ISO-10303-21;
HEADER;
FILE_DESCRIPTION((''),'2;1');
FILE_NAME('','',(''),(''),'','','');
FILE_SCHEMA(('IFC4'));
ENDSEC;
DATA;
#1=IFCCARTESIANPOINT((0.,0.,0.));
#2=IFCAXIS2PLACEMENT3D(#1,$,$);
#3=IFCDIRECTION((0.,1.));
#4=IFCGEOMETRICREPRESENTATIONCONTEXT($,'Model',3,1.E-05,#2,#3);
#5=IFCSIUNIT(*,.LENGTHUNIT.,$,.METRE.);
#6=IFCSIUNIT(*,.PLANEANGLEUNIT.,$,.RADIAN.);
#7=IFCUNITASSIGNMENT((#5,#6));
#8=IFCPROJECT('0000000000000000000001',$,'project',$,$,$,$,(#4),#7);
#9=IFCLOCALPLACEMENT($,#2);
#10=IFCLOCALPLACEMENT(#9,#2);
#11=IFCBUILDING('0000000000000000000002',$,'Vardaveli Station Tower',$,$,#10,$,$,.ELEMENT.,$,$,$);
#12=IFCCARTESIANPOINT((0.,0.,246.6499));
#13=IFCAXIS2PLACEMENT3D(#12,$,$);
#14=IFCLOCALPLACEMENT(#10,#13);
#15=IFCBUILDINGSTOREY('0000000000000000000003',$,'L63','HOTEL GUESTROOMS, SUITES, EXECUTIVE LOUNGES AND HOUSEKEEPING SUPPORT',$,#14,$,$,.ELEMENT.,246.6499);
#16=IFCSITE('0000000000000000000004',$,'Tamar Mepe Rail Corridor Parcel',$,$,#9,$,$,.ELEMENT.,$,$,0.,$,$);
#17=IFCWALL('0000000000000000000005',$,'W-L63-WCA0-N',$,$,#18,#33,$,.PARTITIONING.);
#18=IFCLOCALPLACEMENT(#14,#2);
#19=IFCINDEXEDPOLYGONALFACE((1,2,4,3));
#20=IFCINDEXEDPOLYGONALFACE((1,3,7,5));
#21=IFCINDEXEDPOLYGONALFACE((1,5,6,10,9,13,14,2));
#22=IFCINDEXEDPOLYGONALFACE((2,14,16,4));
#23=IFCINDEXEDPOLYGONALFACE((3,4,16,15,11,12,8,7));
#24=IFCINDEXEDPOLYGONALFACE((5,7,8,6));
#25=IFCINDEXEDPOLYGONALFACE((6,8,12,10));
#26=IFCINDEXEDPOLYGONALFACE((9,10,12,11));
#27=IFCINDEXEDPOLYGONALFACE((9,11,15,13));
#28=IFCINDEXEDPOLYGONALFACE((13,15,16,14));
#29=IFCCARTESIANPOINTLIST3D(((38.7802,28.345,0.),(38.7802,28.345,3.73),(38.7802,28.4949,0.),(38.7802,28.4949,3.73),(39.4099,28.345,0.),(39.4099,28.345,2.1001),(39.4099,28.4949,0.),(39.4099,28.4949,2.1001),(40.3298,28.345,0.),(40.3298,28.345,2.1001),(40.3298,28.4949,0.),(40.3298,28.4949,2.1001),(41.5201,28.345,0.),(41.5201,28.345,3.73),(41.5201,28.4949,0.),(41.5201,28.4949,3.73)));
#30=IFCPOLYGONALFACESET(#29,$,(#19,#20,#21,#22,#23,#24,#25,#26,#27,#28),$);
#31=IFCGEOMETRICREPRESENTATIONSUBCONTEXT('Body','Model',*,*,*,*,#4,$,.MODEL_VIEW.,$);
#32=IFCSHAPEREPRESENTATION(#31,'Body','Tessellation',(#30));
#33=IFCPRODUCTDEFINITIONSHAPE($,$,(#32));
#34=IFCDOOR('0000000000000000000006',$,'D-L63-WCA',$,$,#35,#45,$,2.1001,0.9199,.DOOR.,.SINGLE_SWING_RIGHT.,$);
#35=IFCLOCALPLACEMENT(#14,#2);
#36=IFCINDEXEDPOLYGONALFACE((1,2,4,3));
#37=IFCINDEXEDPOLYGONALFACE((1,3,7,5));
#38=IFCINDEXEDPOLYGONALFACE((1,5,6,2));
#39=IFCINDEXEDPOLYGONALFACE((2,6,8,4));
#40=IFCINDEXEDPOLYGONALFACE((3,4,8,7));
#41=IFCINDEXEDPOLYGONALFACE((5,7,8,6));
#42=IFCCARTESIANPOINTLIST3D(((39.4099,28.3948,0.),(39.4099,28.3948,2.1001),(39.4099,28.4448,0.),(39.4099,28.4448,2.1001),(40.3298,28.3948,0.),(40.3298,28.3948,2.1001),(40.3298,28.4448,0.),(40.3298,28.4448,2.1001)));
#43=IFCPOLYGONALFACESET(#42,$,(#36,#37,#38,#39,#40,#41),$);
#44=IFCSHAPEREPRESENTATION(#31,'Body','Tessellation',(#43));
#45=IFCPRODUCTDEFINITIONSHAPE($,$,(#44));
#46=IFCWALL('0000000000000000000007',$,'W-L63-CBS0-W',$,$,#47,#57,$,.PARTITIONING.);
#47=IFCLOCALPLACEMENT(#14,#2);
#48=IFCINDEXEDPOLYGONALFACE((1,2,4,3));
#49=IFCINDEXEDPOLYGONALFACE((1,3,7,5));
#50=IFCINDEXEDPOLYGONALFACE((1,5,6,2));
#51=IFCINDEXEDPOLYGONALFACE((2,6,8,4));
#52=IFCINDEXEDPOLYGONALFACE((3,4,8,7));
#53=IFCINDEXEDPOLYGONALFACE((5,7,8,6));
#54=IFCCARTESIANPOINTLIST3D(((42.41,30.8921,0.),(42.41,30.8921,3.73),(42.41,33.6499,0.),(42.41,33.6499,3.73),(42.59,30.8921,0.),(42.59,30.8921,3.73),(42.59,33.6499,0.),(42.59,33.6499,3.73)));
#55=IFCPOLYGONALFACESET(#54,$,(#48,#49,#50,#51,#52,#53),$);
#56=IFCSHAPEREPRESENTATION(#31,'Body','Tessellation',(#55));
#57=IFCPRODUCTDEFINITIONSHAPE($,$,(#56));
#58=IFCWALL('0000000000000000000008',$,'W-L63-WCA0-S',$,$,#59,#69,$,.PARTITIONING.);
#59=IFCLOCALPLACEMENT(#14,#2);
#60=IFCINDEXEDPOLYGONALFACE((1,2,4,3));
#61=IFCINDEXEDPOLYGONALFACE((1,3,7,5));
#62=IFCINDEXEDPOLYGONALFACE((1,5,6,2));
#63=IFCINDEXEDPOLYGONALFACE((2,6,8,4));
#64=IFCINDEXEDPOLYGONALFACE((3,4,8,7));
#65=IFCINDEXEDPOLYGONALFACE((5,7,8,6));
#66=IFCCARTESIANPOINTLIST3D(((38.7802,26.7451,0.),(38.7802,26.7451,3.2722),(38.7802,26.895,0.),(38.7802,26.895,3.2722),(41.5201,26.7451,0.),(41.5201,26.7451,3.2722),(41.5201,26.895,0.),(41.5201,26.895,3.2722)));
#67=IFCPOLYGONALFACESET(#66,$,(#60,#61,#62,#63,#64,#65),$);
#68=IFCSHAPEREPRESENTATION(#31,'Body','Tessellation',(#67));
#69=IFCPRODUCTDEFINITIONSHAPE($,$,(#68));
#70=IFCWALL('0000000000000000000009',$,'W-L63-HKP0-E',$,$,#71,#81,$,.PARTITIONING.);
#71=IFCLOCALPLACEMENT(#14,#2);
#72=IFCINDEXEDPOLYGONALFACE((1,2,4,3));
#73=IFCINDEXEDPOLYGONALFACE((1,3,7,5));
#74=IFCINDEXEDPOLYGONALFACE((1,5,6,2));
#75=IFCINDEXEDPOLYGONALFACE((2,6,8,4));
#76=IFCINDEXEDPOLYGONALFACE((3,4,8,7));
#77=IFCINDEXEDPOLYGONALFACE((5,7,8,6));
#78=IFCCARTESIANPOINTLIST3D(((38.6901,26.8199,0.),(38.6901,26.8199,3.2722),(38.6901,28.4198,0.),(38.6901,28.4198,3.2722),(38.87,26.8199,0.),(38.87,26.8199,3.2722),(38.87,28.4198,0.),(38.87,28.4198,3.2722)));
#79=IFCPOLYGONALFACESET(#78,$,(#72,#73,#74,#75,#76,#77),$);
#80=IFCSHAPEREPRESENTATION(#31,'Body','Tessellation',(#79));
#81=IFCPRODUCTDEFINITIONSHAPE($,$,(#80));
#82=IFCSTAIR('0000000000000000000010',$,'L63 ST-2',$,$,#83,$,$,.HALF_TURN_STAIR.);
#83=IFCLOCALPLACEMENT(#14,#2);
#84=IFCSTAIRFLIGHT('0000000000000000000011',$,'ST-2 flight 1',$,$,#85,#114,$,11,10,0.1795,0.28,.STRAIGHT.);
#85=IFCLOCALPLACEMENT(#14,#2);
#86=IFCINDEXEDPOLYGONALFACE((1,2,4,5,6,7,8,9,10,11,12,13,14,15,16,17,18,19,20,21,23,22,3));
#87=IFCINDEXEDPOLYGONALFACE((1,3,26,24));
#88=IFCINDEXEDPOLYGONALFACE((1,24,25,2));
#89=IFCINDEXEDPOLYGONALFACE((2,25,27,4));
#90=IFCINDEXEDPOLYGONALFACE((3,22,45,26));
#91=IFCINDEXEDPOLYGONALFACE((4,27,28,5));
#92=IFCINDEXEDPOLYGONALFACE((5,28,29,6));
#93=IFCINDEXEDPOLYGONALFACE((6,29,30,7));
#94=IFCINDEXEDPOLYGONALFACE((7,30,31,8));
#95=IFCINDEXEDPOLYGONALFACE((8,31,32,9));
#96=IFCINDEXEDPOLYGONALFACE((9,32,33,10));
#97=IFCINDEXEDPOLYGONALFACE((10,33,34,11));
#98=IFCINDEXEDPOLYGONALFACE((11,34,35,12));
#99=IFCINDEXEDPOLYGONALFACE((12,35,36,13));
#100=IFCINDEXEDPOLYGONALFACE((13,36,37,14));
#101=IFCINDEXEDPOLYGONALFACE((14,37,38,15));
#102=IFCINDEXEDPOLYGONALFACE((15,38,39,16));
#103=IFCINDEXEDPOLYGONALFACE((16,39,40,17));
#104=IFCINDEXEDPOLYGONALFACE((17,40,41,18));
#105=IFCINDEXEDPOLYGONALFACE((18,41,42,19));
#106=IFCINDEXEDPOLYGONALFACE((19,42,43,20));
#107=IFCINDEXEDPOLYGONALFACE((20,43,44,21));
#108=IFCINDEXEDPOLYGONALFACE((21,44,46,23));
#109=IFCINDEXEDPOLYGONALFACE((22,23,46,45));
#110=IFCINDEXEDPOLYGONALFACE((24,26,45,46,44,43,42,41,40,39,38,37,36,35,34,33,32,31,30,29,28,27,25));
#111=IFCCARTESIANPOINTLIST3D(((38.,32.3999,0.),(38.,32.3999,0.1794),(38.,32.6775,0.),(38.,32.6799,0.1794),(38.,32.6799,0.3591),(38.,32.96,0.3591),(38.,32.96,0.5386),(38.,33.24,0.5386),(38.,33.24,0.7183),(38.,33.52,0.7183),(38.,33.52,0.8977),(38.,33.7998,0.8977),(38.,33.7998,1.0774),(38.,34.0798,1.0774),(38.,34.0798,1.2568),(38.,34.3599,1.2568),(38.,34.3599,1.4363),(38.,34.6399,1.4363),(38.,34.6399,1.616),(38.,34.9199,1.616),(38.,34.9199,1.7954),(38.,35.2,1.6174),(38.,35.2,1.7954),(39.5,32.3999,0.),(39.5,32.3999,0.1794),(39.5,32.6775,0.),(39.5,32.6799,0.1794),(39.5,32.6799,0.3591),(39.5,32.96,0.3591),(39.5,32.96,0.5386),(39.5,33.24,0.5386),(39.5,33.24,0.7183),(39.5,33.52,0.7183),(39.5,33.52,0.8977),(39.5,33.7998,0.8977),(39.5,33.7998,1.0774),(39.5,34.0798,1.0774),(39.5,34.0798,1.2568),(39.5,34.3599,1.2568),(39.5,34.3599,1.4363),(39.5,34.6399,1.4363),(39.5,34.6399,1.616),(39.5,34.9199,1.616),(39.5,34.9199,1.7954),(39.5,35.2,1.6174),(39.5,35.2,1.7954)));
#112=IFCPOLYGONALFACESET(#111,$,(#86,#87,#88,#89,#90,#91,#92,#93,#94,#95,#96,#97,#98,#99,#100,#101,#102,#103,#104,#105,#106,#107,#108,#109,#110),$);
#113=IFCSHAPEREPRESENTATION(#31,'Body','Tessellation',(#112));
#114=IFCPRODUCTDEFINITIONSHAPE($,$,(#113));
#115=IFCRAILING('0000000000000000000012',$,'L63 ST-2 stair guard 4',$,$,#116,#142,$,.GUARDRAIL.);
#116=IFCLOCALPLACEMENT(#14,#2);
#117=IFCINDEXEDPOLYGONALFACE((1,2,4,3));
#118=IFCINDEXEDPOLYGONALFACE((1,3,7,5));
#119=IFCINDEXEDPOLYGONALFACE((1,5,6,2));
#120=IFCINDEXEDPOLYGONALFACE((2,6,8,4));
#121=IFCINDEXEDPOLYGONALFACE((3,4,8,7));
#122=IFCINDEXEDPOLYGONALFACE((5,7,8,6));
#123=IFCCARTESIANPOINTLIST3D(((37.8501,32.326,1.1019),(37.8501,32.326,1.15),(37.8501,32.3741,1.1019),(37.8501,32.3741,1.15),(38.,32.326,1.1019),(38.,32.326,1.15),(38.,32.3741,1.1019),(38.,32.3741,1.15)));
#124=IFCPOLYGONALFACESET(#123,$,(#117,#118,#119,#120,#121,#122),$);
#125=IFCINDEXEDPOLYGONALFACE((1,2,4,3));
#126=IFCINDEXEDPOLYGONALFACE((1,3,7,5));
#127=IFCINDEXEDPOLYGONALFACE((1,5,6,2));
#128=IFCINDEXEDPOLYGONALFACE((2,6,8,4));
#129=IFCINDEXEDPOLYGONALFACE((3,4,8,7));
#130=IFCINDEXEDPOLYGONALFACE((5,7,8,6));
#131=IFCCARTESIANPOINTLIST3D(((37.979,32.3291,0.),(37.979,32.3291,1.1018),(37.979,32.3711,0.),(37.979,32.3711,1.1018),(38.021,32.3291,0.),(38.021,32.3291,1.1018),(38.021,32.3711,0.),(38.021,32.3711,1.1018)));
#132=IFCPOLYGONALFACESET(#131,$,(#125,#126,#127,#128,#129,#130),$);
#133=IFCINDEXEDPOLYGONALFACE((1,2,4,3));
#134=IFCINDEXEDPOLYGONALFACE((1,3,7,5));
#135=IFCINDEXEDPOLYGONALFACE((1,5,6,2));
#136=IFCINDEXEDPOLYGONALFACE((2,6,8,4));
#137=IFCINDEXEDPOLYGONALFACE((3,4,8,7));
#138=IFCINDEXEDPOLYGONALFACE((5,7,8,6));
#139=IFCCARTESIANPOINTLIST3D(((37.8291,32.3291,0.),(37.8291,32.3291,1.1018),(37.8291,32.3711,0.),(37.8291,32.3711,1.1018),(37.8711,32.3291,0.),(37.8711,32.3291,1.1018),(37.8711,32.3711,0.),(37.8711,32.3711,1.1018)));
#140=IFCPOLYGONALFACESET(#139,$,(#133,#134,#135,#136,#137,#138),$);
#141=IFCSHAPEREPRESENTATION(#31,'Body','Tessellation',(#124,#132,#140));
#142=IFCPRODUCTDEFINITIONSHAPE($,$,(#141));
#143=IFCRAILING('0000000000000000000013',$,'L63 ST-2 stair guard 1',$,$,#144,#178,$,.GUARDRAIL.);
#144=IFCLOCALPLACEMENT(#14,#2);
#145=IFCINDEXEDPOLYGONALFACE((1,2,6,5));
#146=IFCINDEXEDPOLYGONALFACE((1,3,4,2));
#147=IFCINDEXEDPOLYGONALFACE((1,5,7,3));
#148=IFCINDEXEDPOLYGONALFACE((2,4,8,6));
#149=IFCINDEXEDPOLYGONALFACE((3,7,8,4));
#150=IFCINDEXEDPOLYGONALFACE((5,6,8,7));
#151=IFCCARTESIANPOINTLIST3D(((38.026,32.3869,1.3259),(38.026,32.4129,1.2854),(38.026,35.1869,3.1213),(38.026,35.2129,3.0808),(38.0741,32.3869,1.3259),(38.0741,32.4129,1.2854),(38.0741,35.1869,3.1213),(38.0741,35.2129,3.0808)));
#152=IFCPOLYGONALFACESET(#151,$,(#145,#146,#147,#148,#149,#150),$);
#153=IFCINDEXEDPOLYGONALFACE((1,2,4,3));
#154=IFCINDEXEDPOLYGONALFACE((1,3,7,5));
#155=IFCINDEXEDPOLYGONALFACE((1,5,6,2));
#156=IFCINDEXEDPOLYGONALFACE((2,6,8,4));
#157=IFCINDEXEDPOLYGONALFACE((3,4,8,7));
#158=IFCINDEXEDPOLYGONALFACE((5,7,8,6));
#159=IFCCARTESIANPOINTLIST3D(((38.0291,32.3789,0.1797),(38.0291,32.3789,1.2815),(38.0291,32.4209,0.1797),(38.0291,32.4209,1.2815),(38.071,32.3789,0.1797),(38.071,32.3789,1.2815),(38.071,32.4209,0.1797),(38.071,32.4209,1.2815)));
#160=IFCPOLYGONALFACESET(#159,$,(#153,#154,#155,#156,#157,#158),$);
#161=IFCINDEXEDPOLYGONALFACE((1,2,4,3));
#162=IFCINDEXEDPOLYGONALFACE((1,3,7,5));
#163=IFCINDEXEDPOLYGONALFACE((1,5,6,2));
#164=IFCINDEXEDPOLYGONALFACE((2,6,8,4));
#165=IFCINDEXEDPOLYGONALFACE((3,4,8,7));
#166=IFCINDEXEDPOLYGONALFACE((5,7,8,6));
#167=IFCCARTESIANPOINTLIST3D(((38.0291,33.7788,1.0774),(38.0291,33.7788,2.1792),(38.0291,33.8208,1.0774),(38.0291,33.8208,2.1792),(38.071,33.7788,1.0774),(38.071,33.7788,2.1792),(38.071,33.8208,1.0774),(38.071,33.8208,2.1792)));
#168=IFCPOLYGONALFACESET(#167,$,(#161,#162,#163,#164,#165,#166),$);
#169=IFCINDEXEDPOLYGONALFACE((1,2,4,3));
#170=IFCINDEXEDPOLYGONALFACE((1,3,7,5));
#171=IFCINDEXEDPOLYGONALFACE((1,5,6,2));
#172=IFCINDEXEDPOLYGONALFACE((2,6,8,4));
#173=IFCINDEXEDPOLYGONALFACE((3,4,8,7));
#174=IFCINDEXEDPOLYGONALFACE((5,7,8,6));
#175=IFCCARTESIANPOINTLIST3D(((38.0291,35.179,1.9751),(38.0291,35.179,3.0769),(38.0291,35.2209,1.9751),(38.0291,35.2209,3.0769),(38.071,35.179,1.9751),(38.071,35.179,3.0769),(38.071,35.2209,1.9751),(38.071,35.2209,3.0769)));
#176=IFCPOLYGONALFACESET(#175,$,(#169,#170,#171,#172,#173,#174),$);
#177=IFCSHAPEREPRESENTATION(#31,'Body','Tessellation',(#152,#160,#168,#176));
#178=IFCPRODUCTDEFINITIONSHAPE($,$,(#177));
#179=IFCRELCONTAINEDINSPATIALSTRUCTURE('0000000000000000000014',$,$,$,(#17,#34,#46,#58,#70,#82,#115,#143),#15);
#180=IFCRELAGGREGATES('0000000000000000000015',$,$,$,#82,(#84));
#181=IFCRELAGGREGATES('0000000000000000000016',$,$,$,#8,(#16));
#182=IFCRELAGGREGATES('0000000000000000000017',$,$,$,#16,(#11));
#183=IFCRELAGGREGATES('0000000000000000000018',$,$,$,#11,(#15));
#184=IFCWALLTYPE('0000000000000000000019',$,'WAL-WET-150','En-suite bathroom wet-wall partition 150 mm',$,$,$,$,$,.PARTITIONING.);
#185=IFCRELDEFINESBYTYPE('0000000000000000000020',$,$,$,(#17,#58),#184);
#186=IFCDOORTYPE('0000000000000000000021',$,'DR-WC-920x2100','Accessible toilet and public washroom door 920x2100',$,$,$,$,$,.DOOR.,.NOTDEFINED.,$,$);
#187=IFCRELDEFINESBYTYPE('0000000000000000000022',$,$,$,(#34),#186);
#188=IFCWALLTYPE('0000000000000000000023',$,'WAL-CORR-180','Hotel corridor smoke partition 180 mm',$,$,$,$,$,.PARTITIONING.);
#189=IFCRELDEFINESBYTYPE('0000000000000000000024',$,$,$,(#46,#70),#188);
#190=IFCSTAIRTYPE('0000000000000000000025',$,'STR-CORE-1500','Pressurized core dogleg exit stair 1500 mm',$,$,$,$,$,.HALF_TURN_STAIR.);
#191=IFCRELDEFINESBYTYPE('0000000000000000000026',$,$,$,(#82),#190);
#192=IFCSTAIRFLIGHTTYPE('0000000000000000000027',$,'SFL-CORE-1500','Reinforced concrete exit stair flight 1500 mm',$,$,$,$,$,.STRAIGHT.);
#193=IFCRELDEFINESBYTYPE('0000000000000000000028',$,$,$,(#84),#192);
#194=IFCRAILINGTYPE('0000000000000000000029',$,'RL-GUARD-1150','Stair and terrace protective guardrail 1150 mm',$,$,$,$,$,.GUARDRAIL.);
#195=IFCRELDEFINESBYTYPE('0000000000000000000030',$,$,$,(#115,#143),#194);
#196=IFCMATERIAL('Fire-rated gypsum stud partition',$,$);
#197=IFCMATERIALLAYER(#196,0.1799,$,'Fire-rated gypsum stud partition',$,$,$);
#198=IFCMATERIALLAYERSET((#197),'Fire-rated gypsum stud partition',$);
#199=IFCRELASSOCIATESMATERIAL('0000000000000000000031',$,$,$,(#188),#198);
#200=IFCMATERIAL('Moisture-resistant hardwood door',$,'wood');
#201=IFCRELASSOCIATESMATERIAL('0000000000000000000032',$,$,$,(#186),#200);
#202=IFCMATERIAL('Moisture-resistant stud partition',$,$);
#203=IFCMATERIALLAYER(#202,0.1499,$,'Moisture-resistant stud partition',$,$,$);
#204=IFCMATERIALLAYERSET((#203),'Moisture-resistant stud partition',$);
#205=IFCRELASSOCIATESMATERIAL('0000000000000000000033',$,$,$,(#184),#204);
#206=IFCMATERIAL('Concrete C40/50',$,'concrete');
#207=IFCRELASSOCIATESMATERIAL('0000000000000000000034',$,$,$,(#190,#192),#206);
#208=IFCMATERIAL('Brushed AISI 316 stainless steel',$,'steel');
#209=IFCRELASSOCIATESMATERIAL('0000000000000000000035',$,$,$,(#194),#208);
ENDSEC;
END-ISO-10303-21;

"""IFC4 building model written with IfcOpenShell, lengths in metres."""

from ifc_helpers import new_model, si_unit, direction, frame, frame_2d, origin, origin_2d, place, context, subcontext, project, spatial, polyline, rectangle, outline, extrude, source, transform, mapped, material, layer, layer_set, type_object, element, fill, aggregate, save


model = new_model("IFC4")

# Units and contexts
model_context = context("Model", 3, precision=1e-05, world=origin(), true_north=direction((0.0, 1.0)))
body_context = subcontext(model_context, "Body", "Model", "MODEL_VIEW")
ifc_project = project(units=[si_unit("LENGTHUNIT", "METRE"), si_unit("PLANEANGLEUNIT", "RADIAN")], contexts=[model_context])

# Site, building, storey
site_placement = place(None, origin())
site = spatial("IfcSite", under=ifc_project, at=site_placement, Name="Tamar Mepe Rail Corridor Parcel", CompositionType="ELEMENT", RefElevation=0.0)
building_placement = place(site_placement, origin())
building = spatial("IfcBuilding", under=site, at=building_placement, Name="Vardaveli Station Tower", CompositionType="ELEMENT")
storey_placement = place(building_placement, frame((0.0, 0.0, 246.6499)))
storey = spatial("IfcBuildingStorey", under=building, at=storey_placement, Name="L63", Description="HOTEL GUESTROOMS, SUITES, EXECUTIVE LOUNGES AND HOUSEKEEPING SUPPORT", CompositionType="ELEMENT", Elevation=246.6499)

# Shared definitions
ifc_material_1 = material(Name="Concrete C40/50", Category="concrete")

# Shared definitions
ifc_material_2 = material(Name="Fire-rated gypsum stud partition")
ifc_layer_1 = layer(ifc_material_2, 0.1799, Name="Fire-rated gypsum stud partition")
ifc_layer_set_1 = layer_set([ifc_layer_1], Name="Fire-rated gypsum stud partition")
wall_type_1 = type_object("IfcWallType", Name="WAL-CORR-180", Description="Hotel corridor smoke partition 180 mm", PredefinedType="PARTITIONING", material=ifc_layer_set_1)
ifc_material_3 = material(Name="Moisture-resistant hardwood door", Category="wood")
door_type_1 = type_object("IfcDoorType", Name="DR-WC-920x2100", Description="Accessible toilet and public washroom door 920x2100", OperationType="NOTDEFINED", PredefinedType="DOOR", material=ifc_material_3)
shared_shape_1 = source(origin(), body_context, "Body", "SweptSolid", [
    extrude(rectangle(XDim=0.9199, YDim=2.1001, at=frame_2d((0.46, 1.05))), frame((0.0, 0.0249, 0.0), z_axis=(0.0, -1.0, 0.0), x_axis=(1.0, 0.0, 0.0)), (0.0, 0.0, 1.0), 0.05),
])

# Wall, opening, door
ifc_material_4 = material(Name="Moisture-resistant stud partition")
ifc_layer_2 = layer(ifc_material_4, 0.1499, Name="Moisture-resistant stud partition")
ifc_layer_set_2 = layer_set([ifc_layer_2], Name="Moisture-resistant stud partition")
wall_type_2 = type_object("IfcWallType", Name="WAL-WET-150", Description="En-suite bathroom wet-wall partition 150 mm", PredefinedType="PARTITIONING", material=ifc_layer_set_2)
shared_shape_2 = source(origin(), body_context, "Body", "SweptSolid", [
    extrude(rectangle(XDim=2.74, YDim=0.1499, at=frame_2d((1.3701, 0.0))), origin(), (0.0, 0.0, 1.0), 3.73),
])
wall_1_placement = place(storey_placement, frame((38.78, 28.4199, 0.0), z_axis=(0.0, 0.0, 1.0), x_axis=(1.0, 0.0, 0.0)))
wall_1 = element("IfcWall", 1, at=wall_1_placement, inside=storey, type_object=wall_type_2, Name="W-L63-WCA0-N", PredefinedType="PARTITIONING", context=body_context, shape_type="MappedRepresentation", body=[
    mapped(shared_shape_2, transform((0.0, 0.0, 0.0), scale=1.0)),
])
shared_shape_3 = source(origin(), body_context, "Body", "SweptSolid", [
    extrude(rectangle(XDim=0.9199, YDim=2.1001, at=frame_2d((0.46, 1.05))), frame((0.0, 0.085, 0.0), z_axis=(0.0, -1.0, 0.0), x_axis=(1.0, 0.0, 0.0)), (0.0, 0.0, 1.0), 0.1699),
])
opening_1_placement = place(wall_1_placement, frame((0.6299, 0.0, 0.0)))
opening_1 = element("IfcOpeningElement", 2, at=opening_1_placement, cuts=wall_1, PredefinedType="OPENING", context=body_context, shape_type="MappedRepresentation", body=[
    mapped(shared_shape_3, transform((0.0, 0.0, 0.0), scale=1.0)),
])
door_1_placement = place(opening_1_placement, origin())
door_1 = element("IfcDoor", 3, at=door_1_placement, inside=storey, type_object=door_type_1, Name="D-L63-WCA", OperationType="SINGLE_SWING_RIGHT", OverallHeight=2.1001, OverallWidth=0.9199, PredefinedType="DOOR", context=body_context, shape_type="MappedRepresentation", body=[
    mapped(shared_shape_1, transform((0.0, 0.0, 0.0), scale=1.0)),
])
fill(opening_1, door_1)

# Walls
shared_shape_4 = source(origin(), body_context, "Body", "SweptSolid", [
    extrude(rectangle(XDim=2.7578, YDim=0.1799, at=frame_2d((1.3789, 0.0))), origin(), (0.0, 0.0, 1.0), 3.73),
])
wall_2_placement = place(storey_placement, frame((42.5, 30.8921, 0.0), z_axis=(0.0, 0.0, 1.0), x_axis=(0.0, 1.0, 0.0)))
element("IfcWall", 4, at=wall_2_placement, inside=storey, type_object=wall_type_1, Name="W-L63-CBS0-W", PredefinedType="PARTITIONING", context=body_context, shape_type="MappedRepresentation", body=[
    mapped(shared_shape_4, transform((0.0, 0.0, 0.0), scale=1.0)),
])
shared_shape_5 = source(origin(), body_context, "Body", "SweptSolid", [
    extrude(rectangle(XDim=2.74, YDim=0.1499, at=frame_2d((1.3701, 0.0))), origin(), (0.0, 0.0, 1.0), 3.2722),
])
wall_3_placement = place(storey_placement, frame((38.78, 26.8201, 0.0), z_axis=(0.0, 0.0, 1.0), x_axis=(1.0, 0.0, 0.0)))
element("IfcWall", 5, at=wall_3_placement, inside=storey, type_object=wall_type_2, Name="W-L63-WCA0-S", PredefinedType="PARTITIONING", context=body_context, shape_type="MappedRepresentation", body=[
    mapped(shared_shape_5, transform((0.0, 0.0, 0.0), scale=1.0)),
])
shared_shape_6 = source(origin(), body_context, "Body", "SweptSolid", [
    extrude(rectangle(XDim=1.5999, YDim=0.1799, at=frame_2d((0.7998, 0.0))), origin(), (0.0, 0.0, 1.0), 3.2722),
])
wall_4_placement = place(storey_placement, frame((38.78, 26.8201, 0.0), z_axis=(0.0, 0.0, 1.0), x_axis=(0.0, 1.0, 0.0)))
element("IfcWall", 6, at=wall_4_placement, inside=storey, type_object=wall_type_1, Name="W-L63-HKP0-E", PredefinedType="PARTITIONING", context=body_context, shape_type="MappedRepresentation", body=[
    mapped(shared_shape_6, transform((0.0, 0.0, 0.0), scale=1.0)),
])

# Stair, stair flight
stair_type = type_object("IfcStairType", Name="STR-CORE-1500", Description="Pressurized core dogleg exit stair 1500 mm", PredefinedType="HALF_TURN_STAIR", material=ifc_material_1)
stair_placement = place(storey_placement, origin())
stair = element("IfcStair", 7, at=stair_placement, inside=storey, type_object=stair_type, Name="L63 ST-2", PredefinedType="HALF_TURN_STAIR")
stair_flight_type = type_object("IfcStairFlightType", Name="SFL-CORE-1500", Description="Reinforced concrete exit stair flight 1500 mm", PredefinedType="STRAIGHT", material=ifc_material_1)
shared_shape_7 = source(origin(), body_context, "Body", "SweptSolid", [
    extrude(outline(polyline([(0.0, 0.0), (0.0, 0.1794), (0.28, 0.1794), (0.28, 0.3591), (0.5601, 0.3591), (0.5601, 0.5386), (0.8401, 0.5386), (0.8401, 0.7183), (1.1201, 0.7183), (1.1201, 0.8977), (1.3999, 0.8977), (1.3999, 1.0774), (1.6799, 1.0774), (1.6799, 1.2568), (1.96, 1.2568), (1.96, 1.4363), (2.24, 1.4363), (2.24, 1.616), (2.52, 1.616), (2.52, 1.7954), (2.8, 1.7954), (2.8, 1.9751), (2.8, 1.6174), (0.2776, 0.0), (0.0, 0.0)])), frame((0.0, 0.75, 0.0), z_axis=(0.0, -1.0, 0.0), x_axis=(1.0, 0.0, 0.0)), (0.0, 0.0, 1.0), 1.5),
])
stair_flight_placement = place(storey_placement, frame((38.75, 32.3999, 0.0), z_axis=(0.0, 0.0, 1.0), x_axis=(0.0, 1.0, 0.0)))
stair_flight = element("IfcStairFlight", 8, at=stair_flight_placement, type_object=stair_flight_type, Name="ST-2 flight 1", NumberOfRisers=11, NumberOfTreads=10, PredefinedType="STRAIGHT", RiserHeight=0.1795, TreadLength=0.28, context=body_context, shape_type="MappedRepresentation", body=[
    mapped(shared_shape_7, transform((0.0, 0.0, 0.0), scale=1.0)),
])
aggregate(stair, [stair_flight])

# Railings
ifc_material_5 = material(Name="Brushed AISI 316 stainless steel", Category="steel")
railing_type_1 = type_object("IfcRailingType", Name="RL-GUARD-1150", Description="Stair and terrace protective guardrail 1150 mm", PredefinedType="GUARDRAIL", material=ifc_material_5)
shared_shape_8 = source(origin(), body_context, "Body", "SweptSolid", [
    extrude(rectangle(XDim=0.0481, YDim=0.0481, at=origin_2d()), frame((0.0, 0.0, 1.126), z_axis=(-1.0, 0.0, 0.0), x_axis=(0.0, -1.0, 0.0)), (0.0, 0.0, 1.0), 0.1499),
    extrude(rectangle(XDim=0.042, YDim=0.042, at=origin_2d()), origin(), (0.0, 0.0, 1.0), 1.1018),
    extrude(rectangle(XDim=0.042, YDim=0.042, at=origin_2d()), frame((-0.1499, 0.0, 0.0)), (0.0, 0.0, 1.0), 1.1018),
])
railing_1_placement = place(storey_placement, frame((38.0, 32.3501, 0.0)))
element("IfcRailing", 9, at=railing_1_placement, inside=storey, type_object=railing_type_1, Name="L63 ST-2 stair guard 4", PredefinedType="GUARDRAIL", context=body_context, shape_type="MappedRepresentation", body=[
    mapped(shared_shape_8, transform((0.0, 0.0, 0.0), scale=1.0)),
])
shared_shape_9 = source(origin(), body_context, "Body", "SweptSolid", [
    extrude(rectangle(XDim=0.0481, YDim=0.0481, at=origin_2d()), frame((0.0, 0.0, 1.126), z_axis=(0.0, 0.84181, 0.539774), x_axis=(-1.0, 0.0, 0.0)), (0.0, 0.0, 1.0), 3.3262),
    extrude(rectangle(XDim=0.042, YDim=0.042, at=origin_2d()), origin(), (0.0, 0.0, 1.0), 1.1018),
    extrude(rectangle(XDim=0.042, YDim=0.042, at=origin_2d()), frame((0.0, 1.3999, 0.8977)), (0.0, 0.0, 1.0), 1.1018),
    extrude(rectangle(XDim=0.042, YDim=0.042, at=origin_2d()), frame((0.0, 2.8, 1.7954)), (0.0, 0.0, 1.0), 1.1018),
])
railing_2_placement = place(storey_placement, frame((38.05, 32.3999, 0.1797)))
element("IfcRailing", 10, at=railing_2_placement, inside=storey, type_object=railing_type_1, Name="L63 ST-2 stair guard 1", PredefinedType="GUARDRAIL", context=body_context, shape_type="MappedRepresentation", body=[
    mapped(shared_shape_9, transform((0.0, 0.0, 0.0), scale=1.0)),
])

save(model, "model.ifc")
